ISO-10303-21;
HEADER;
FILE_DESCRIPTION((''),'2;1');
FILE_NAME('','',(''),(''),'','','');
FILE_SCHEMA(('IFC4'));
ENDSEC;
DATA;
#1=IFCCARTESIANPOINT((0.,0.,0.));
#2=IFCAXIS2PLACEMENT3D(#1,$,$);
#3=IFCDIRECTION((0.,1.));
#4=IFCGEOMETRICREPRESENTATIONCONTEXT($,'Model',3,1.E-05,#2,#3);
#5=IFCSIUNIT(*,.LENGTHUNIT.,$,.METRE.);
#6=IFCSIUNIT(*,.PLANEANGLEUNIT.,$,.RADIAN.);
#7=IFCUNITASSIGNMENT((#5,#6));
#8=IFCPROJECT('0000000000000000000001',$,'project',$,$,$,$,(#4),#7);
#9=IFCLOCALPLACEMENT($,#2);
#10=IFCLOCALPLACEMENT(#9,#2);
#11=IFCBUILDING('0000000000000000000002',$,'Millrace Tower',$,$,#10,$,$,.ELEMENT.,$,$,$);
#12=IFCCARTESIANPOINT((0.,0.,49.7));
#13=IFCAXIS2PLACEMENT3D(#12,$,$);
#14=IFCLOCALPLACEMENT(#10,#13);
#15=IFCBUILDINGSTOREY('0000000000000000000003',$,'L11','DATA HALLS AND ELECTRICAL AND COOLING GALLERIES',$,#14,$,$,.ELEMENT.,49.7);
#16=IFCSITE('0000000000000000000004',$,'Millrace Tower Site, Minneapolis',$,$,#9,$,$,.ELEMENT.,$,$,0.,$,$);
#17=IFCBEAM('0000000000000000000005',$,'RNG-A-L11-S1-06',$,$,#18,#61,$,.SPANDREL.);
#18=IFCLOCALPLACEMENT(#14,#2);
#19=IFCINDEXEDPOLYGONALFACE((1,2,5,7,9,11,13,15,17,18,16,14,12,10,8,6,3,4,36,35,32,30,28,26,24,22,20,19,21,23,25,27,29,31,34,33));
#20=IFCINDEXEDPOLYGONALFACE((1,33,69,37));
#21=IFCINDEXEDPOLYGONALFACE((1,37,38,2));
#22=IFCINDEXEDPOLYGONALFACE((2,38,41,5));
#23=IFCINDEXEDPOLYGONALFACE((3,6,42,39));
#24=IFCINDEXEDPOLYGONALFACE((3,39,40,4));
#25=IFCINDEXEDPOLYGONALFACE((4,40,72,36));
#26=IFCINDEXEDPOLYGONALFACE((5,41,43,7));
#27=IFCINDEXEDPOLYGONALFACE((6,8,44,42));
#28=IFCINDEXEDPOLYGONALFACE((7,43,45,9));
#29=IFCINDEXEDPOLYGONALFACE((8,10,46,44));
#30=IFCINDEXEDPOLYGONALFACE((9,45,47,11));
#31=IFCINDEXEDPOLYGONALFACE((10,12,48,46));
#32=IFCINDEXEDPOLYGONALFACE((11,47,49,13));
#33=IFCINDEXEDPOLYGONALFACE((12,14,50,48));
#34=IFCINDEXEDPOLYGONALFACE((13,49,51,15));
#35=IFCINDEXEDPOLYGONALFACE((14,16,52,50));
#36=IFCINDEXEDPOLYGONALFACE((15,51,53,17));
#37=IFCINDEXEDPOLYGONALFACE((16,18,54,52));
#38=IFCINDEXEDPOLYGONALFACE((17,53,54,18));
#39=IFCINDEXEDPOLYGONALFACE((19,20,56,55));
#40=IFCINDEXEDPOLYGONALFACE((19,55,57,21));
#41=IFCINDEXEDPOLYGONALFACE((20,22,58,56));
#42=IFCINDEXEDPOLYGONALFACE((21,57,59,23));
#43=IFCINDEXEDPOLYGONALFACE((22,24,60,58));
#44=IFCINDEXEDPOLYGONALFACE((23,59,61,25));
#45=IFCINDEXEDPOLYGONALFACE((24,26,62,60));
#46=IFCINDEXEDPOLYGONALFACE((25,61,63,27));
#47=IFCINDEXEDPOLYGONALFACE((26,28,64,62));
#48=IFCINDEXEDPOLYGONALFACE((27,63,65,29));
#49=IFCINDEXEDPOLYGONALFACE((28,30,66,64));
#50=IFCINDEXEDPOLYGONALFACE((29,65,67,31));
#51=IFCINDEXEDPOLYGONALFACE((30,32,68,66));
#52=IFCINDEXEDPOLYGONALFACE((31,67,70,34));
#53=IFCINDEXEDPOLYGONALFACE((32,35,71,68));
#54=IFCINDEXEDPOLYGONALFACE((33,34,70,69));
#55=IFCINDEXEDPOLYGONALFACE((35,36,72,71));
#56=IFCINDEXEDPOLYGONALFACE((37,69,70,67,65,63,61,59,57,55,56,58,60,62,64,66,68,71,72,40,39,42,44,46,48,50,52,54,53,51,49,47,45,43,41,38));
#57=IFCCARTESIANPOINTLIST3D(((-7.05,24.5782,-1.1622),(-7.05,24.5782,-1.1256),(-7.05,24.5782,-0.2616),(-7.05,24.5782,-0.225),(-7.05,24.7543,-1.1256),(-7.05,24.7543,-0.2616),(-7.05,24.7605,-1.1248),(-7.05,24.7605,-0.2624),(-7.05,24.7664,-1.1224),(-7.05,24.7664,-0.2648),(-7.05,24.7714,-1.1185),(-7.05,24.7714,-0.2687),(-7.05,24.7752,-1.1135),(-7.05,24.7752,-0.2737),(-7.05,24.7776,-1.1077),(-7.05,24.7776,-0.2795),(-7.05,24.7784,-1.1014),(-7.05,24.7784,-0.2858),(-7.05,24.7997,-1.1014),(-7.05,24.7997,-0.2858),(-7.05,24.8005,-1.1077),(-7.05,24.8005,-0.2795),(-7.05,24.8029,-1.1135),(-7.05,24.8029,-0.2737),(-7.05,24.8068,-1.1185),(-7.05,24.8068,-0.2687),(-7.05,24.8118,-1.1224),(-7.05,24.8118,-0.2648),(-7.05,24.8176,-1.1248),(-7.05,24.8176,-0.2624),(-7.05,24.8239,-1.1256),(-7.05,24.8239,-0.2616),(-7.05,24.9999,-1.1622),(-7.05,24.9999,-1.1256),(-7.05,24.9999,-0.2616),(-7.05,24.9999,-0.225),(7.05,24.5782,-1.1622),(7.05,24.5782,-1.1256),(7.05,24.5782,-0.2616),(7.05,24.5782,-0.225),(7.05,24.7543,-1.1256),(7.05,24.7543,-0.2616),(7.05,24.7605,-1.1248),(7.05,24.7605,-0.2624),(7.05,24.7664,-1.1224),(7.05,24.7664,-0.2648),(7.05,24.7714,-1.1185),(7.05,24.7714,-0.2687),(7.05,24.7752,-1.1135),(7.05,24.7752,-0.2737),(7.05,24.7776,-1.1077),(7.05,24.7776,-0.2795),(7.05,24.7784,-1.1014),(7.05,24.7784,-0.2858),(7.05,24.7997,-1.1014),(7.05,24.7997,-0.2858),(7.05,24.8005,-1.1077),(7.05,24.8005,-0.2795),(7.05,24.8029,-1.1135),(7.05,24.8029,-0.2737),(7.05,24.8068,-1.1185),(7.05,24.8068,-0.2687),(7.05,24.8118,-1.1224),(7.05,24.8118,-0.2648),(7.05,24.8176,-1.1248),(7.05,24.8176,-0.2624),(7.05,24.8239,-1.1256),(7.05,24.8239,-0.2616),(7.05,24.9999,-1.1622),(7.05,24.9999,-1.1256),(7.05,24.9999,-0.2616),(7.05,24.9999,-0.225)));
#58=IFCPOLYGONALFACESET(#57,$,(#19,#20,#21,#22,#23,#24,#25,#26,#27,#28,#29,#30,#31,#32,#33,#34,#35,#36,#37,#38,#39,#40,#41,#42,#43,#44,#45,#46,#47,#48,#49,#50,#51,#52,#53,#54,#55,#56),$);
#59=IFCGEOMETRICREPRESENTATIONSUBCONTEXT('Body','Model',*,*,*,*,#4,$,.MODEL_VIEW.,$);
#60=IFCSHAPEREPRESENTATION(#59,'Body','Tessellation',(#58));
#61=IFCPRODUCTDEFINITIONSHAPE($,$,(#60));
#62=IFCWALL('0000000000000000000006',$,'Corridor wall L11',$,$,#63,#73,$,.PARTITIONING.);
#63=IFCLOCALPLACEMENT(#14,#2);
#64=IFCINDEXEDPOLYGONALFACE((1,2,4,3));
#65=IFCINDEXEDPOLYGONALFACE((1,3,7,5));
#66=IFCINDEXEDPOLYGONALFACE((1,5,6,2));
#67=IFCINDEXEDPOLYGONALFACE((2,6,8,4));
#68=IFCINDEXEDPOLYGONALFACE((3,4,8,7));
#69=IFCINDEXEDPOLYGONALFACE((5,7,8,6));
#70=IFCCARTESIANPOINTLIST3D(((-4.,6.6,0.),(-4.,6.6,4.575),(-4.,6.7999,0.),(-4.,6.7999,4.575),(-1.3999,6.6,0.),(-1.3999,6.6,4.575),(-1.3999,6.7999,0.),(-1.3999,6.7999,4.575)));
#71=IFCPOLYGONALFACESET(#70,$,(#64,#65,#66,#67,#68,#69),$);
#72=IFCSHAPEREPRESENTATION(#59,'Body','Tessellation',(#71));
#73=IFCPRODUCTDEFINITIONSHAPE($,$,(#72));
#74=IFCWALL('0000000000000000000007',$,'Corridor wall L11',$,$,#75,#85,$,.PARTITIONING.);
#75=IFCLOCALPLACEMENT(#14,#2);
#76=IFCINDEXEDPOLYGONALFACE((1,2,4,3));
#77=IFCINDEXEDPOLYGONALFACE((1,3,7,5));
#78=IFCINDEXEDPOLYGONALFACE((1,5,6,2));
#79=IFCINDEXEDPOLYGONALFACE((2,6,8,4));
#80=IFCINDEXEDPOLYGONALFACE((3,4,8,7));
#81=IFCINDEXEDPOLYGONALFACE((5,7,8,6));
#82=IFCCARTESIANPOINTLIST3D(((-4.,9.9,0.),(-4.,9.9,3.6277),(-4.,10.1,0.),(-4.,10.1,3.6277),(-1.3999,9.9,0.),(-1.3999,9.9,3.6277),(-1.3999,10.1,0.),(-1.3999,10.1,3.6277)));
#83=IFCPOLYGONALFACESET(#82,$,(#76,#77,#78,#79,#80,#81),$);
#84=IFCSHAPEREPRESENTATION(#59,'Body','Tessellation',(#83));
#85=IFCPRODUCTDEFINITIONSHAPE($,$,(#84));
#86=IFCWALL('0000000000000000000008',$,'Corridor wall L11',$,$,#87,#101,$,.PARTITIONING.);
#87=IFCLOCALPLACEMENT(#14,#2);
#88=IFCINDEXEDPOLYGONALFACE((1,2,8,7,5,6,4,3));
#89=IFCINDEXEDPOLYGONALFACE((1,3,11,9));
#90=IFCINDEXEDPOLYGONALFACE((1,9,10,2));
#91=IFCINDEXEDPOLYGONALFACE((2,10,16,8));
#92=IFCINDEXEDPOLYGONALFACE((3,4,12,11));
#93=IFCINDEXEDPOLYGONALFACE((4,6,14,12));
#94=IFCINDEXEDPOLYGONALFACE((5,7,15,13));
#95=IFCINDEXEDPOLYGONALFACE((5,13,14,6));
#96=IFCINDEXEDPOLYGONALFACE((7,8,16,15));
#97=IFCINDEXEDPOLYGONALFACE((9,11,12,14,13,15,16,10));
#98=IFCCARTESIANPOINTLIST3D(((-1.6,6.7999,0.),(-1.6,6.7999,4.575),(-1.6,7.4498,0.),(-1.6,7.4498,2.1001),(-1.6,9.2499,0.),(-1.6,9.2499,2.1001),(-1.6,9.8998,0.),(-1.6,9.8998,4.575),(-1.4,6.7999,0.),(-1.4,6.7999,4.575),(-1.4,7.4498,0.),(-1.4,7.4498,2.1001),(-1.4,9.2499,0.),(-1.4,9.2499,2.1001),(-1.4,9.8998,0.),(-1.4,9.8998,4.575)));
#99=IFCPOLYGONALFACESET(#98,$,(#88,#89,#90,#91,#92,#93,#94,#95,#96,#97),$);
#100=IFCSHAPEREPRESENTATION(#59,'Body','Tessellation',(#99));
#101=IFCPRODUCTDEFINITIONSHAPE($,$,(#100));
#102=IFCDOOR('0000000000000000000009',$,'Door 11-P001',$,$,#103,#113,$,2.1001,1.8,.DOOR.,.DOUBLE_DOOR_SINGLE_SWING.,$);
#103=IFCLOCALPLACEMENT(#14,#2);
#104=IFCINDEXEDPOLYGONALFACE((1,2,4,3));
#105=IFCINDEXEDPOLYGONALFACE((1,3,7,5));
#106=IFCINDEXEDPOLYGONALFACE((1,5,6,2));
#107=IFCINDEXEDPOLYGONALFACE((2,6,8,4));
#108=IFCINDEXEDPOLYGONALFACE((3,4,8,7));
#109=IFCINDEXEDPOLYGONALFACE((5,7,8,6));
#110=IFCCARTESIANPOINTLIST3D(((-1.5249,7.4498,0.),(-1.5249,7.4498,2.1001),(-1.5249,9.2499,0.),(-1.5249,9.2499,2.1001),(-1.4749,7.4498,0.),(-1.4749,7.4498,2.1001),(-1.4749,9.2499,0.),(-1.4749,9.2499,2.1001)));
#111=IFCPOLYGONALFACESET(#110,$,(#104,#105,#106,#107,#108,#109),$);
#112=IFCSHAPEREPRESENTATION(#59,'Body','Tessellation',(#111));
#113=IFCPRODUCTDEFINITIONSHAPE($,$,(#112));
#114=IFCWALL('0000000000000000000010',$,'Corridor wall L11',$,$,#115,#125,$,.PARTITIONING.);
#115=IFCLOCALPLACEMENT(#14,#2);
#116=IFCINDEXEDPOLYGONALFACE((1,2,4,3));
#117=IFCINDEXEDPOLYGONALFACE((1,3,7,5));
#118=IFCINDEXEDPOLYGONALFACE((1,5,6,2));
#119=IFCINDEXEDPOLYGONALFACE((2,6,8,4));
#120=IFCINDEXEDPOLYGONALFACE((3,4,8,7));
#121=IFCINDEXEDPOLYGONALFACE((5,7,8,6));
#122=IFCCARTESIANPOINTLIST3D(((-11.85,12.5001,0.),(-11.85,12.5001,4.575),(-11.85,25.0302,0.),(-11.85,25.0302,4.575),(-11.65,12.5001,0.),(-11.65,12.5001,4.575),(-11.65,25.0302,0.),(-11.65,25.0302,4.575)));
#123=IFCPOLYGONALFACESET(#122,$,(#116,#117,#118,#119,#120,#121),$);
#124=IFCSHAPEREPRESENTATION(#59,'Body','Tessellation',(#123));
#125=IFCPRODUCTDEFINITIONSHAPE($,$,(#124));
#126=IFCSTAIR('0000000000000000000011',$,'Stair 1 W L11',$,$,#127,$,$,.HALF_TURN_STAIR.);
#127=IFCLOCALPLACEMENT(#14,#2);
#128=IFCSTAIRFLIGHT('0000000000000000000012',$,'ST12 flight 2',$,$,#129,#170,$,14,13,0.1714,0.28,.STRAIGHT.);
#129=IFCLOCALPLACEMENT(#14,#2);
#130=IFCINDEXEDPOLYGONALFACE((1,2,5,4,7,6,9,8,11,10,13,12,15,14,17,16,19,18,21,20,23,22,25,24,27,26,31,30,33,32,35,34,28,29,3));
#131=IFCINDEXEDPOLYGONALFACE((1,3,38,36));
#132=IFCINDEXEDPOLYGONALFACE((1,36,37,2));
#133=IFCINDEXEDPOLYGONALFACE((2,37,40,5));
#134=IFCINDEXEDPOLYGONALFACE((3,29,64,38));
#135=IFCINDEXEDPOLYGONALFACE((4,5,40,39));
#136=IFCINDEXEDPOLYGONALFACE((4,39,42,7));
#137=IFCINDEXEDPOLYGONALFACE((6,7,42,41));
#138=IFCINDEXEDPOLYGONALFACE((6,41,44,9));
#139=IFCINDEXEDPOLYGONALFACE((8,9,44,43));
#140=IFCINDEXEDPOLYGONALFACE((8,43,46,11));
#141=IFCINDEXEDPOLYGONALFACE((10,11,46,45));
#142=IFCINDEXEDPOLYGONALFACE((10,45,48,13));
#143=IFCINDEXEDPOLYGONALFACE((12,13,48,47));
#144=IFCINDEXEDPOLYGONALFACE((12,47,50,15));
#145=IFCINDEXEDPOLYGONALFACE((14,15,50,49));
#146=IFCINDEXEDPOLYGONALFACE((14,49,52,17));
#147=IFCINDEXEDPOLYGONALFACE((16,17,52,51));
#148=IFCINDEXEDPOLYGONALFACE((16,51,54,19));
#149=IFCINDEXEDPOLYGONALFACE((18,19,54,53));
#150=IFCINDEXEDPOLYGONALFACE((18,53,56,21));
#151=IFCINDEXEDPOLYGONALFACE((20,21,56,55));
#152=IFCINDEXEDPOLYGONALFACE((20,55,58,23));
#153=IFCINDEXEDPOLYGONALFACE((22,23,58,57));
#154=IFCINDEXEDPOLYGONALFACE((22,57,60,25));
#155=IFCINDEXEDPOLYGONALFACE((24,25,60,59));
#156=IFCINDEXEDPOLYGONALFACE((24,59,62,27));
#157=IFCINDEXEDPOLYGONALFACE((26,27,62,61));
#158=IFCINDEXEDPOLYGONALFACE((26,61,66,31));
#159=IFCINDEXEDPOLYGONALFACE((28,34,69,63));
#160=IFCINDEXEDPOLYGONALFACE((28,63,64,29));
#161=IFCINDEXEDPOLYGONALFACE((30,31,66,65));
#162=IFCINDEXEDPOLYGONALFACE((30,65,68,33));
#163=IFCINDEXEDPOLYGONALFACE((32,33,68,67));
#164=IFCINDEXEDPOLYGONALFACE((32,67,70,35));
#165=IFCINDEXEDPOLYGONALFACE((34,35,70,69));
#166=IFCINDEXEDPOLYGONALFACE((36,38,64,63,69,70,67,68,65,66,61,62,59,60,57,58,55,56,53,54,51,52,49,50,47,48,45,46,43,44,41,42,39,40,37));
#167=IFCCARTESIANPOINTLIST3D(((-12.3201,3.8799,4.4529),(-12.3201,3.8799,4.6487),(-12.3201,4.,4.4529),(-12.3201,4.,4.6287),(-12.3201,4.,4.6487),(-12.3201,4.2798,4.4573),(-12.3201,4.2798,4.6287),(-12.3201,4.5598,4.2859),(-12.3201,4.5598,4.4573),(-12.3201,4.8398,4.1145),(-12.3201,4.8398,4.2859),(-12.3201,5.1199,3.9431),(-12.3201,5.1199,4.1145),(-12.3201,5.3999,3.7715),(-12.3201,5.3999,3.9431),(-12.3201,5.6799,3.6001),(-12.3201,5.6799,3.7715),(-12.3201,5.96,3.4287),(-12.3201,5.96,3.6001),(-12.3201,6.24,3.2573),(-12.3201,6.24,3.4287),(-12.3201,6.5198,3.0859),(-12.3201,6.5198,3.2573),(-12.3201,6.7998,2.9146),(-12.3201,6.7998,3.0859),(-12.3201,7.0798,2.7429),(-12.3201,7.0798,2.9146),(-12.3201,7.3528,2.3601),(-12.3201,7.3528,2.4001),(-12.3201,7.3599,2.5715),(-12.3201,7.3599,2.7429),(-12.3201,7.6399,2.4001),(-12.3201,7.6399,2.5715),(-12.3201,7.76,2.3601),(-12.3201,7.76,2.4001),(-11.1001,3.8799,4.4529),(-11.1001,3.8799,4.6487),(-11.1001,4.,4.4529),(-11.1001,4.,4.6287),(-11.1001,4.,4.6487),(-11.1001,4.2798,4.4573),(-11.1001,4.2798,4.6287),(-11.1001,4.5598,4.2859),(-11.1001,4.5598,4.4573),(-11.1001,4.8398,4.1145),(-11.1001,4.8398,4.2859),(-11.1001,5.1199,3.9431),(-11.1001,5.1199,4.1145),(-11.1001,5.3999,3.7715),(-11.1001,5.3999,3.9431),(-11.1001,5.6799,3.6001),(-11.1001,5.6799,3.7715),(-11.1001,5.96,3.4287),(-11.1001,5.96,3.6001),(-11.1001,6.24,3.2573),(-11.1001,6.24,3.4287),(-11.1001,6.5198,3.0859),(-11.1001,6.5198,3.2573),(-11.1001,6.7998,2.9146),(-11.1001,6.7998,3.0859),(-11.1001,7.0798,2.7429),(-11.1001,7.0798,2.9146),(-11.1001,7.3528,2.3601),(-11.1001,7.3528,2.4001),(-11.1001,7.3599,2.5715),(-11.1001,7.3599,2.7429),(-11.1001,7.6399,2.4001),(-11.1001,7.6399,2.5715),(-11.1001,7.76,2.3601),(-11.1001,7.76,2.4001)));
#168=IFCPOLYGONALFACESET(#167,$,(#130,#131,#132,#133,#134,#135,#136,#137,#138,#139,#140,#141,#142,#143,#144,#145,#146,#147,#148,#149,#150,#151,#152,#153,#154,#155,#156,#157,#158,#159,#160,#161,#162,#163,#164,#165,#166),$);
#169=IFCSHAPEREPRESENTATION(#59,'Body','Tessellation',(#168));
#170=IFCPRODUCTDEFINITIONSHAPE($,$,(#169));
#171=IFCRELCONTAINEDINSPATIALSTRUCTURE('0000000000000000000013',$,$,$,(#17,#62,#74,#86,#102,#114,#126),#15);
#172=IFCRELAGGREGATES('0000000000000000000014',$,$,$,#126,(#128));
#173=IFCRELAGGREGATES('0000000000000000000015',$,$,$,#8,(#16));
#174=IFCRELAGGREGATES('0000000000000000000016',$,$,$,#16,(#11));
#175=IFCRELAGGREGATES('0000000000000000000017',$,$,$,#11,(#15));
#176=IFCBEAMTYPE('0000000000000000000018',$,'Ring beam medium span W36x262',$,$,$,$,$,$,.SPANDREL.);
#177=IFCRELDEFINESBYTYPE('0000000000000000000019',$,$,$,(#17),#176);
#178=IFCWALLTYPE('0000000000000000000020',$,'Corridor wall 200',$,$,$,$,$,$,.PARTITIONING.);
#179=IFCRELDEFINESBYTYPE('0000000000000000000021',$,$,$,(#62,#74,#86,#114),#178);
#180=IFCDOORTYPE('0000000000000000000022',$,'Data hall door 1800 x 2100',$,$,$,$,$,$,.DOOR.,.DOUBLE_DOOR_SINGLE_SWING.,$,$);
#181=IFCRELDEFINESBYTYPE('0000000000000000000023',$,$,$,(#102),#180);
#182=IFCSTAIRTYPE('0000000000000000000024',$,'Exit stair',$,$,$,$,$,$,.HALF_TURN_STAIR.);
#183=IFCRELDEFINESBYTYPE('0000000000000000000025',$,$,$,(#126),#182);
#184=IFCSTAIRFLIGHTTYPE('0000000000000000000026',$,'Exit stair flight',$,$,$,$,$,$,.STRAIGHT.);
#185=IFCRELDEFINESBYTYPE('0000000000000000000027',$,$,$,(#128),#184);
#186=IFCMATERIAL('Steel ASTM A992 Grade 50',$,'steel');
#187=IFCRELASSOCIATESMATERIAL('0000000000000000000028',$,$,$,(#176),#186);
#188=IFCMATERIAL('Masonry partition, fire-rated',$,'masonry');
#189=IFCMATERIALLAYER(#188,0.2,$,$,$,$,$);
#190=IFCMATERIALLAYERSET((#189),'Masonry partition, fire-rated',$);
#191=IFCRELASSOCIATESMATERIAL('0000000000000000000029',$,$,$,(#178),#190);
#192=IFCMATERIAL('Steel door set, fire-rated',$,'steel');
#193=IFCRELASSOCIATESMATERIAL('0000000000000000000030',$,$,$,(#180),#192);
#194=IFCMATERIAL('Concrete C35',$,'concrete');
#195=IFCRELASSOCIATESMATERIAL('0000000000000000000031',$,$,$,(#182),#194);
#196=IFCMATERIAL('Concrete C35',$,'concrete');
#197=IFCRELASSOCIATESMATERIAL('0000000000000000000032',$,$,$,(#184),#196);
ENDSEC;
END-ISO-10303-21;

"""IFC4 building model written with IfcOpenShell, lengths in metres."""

from ifc_helpers import new_model, si_unit, direction, frame, frame_2d, origin, origin_2d, place, context, subcontext, project, spatial, polyline, rectangle, i_section, outline, extrude, material, layer, layer_set, material_profile, profile_set, type_object, element, fill, aggregate, save


model = new_model("IFC4")

# Units and contexts
model_context = context("Model", 3, precision=1e-05, world=origin(), true_north=direction((0.0, 1.0)))
body_context = subcontext(model_context, "Body", "Model", "MODEL_VIEW")
ifc_project = project(units=[si_unit("LENGTHUNIT", "METRE"), si_unit("PLANEANGLEUNIT", "RADIAN")], contexts=[model_context])

# Site, building, storey
site_placement = place(None, origin())
site = spatial("IfcSite", under=ifc_project, at=site_placement, Name="Millrace Tower Site, Minneapolis", CompositionType="ELEMENT", RefElevation=0.0)
building_placement = place(site_placement, origin())
building = spatial("IfcBuilding", under=site, at=building_placement, Name="Millrace Tower", CompositionType="ELEMENT")
storey_placement = place(building_placement, frame((0.0, 0.0, 49.7)))
storey = spatial("IfcBuildingStorey", under=building, at=storey_placement, Name="L11", Description="DATA HALLS AND ELECTRICAL AND COOLING GALLERIES", CompositionType="ELEMENT", Elevation=49.7)

# Shared definitions
placement = place(storey_placement, origin())

# Beam
ifc_material_1 = material(Name="Steel ASTM A992 Grade 50", Category="steel")
ifc_material_profile_1 = material_profile(ifc_material_1, i_section(OverallWidth=0.4216, OverallDepth=0.9373, WebThickness=0.0212, FlangeThickness=0.0366, FilletRadius=0.0242, at=origin_2d()))
ifc_profile_set_1 = profile_set([ifc_material_profile_1], Name="Steel ASTM A992 Grade 50")
beam_type_1 = type_object("IfcBeamType", Name="Ring beam medium span W36x262", PredefinedType="SPANDREL", material=ifc_profile_set_1)
beam_1_placement = place(storey_placement, frame((-7.05, 24.7891, -0.6936), z_axis=(1.0, 0.0, 0.0), x_axis=(0.0, 1.0, 0.0)))
element("IfcBeam", 1, at=beam_1_placement, inside=storey, type_object=beam_type_1, Name="RNG-A-L11-S1-06", PredefinedType="SPANDREL", context=body_context, shape_type="SweptSolid", body=[
    extrude(i_section(OverallWidth=0.4216, OverallDepth=0.9373, WebThickness=0.0212, FlangeThickness=0.0366, FilletRadius=0.0242, at=origin_2d()), origin(), (0.0, 0.0, 1.0), 14.1001),
])

# Walls
ifc_material_2 = material(Name="Masonry partition, fire-rated", Category="masonry")
ifc_layer_1 = layer(ifc_material_2, 0.2)
ifc_layer_set_1 = layer_set([ifc_layer_1], Name="Masonry partition, fire-rated")
wall_type = type_object("IfcWallType", Name="Corridor wall 200", PredefinedType="PARTITIONING", material=ifc_layer_set_1)
wall_1_placement = place(storey_placement, frame((-4.0, 6.7, 0.0), z_axis=(0.0, 0.0, 1.0), x_axis=(1.0, 0.0, 0.0)))
element("IfcWall", 2, at=wall_1_placement, inside=storey, type_object=wall_type, Name="Corridor wall L11", PredefinedType="PARTITIONING", context=body_context, shape_type="SweptSolid", body=[
    extrude(rectangle(XDim=2.6001, YDim=0.2, at=frame_2d((1.3, 0.0))), origin(), (0.0, 0.0, 1.0), 4.575),
])
wall_2_placement = place(storey_placement, frame((-4.0, 10.0, 0.0), z_axis=(0.0, 0.0, 1.0), x_axis=(1.0, 0.0, 0.0)))
element("IfcWall", 3, at=wall_2_placement, inside=storey, type_object=wall_type, Name="Corridor wall L11", PredefinedType="PARTITIONING", context=body_context, shape_type="SweptSolid", body=[
    extrude(rectangle(XDim=2.6001, YDim=0.2, at=frame_2d((1.3, 0.0))), origin(), (0.0, 0.0, 1.0), 3.6277),
])

# Wall, opening, door
wall_3_placement = place(storey_placement, frame((-1.5, 6.8, 0.0), z_axis=(0.0, 0.0, 1.0), x_axis=(0.0, 1.0, 0.0)))
wall_3 = element("IfcWall", 4, at=wall_3_placement, inside=storey, type_object=wall_type, Name="Corridor wall L11", PredefinedType="PARTITIONING", context=body_context, shape_type="SweptSolid", body=[
    extrude(rectangle(XDim=3.0999, YDim=0.2, at=frame_2d((1.5498, 0.0))), origin(), (0.0, 0.0, 1.0), 4.575),
])
opening_placement = place(wall_3_placement, frame((0.6499, 0.0, 0.0)))
opening = element("IfcOpeningElement", 5, at=opening_placement, cuts=wall_3, PredefinedType="OPENING", context=body_context, shape_type="SweptSolid", body=[
    extrude(rectangle(XDim=1.8, YDim=2.1001, at=frame_2d((0.8999, 1.05))), frame((0.0, 0.1099, 0.0), z_axis=(0.0, -1.0, 0.0), x_axis=(1.0, 0.0, 0.0)), (0.0, 0.0, 1.0), 0.22),
])
ifc_material_3 = material(Name="Steel door set, fire-rated", Category="steel")
door_type = type_object("IfcDoorType", Name="Data hall door 1800 x 2100", OperationType="DOUBLE_DOOR_SINGLE_SWING", PredefinedType="DOOR", material=ifc_material_3)
door_placement = place(opening_placement, origin())
door = element("IfcDoor", 6, at=door_placement, inside=storey, type_object=door_type, Name="Door 11-P001", OperationType="DOUBLE_DOOR_SINGLE_SWING", OverallHeight=2.1001, OverallWidth=1.8, PredefinedType="DOOR", context=body_context, shape_type="SweptSolid", body=[
    extrude(rectangle(XDim=1.8, YDim=2.1001, at=frame_2d((0.8999, 1.05))), frame((0.0, 0.0249, 0.0), z_axis=(0.0, -1.0, 0.0), x_axis=(1.0, 0.0, 0.0)), (0.0, 0.0, 1.0), 0.05),
])
fill(opening, door)

# Wall
wall_4_placement = place(storey_placement, frame((-11.75, 12.5, 0.0), z_axis=(0.0, 0.0, 1.0), x_axis=(0.0, 1.0, 0.0)))
element("IfcWall", 7, at=wall_4_placement, inside=storey, type_object=wall_type, Name="Corridor wall L11", PredefinedType="PARTITIONING", context=body_context, shape_type="SweptSolid", body=[
    extrude(rectangle(XDim=12.53, YDim=0.2, at=frame_2d((6.2651, 0.0))), origin(), (0.0, 0.0, 1.0), 4.575),
])

# Stair, stair flight
ifc_material_4 = material(Name="Concrete C35", Category="concrete")
stair_type = type_object("IfcStairType", Name="Exit stair", PredefinedType="HALF_TURN_STAIR", material=ifc_material_4)
stair_1 = element("IfcStair", 8, at=placement, inside=storey, type_object=stair_type, Name="Stair 1 W L11", PredefinedType="HALF_TURN_STAIR")
ifc_material_5 = material(Name="Concrete C35", Category="concrete")
stair_flight_type = type_object("IfcStairFlightType", Name="Exit stair flight", PredefinedType="STRAIGHT", material=ifc_material_5)
stair_flight_1_placement = place(storey_placement, frame((-11.71, 7.6399, 2.4001), z_axis=(0.0, 0.0, 1.0), x_axis=(0.0, -1.0, 0.0)))
stair_flight_1 = element("IfcStairFlight", 9, at=stair_flight_1_placement, type_object=stair_flight_type, Name="ST12 flight 2", NumberOfRisers=14, NumberOfTreads=13, PredefinedType="STRAIGHT", RiserHeight=0.1714, TreadLength=0.28, context=body_context, shape_type="SweptSolid", body=[
    extrude(outline(polyline([(-0.1201, -0.04), (-0.1201, 0.0), (0.0, 0.0), (0.0, 0.1714), (0.28, 0.1714), (0.28, 0.3428), (0.5601, 0.3428), (0.5601, 0.5144), (0.8401, 0.5144), (0.8401, 0.6858), (1.1201, 0.6858), (1.1201, 0.8572), (1.3999, 0.8572), (1.3999, 1.0286), (1.6799, 1.0286), (1.6799, 1.2), (1.96, 1.2), (1.96, 1.3713), (2.24, 1.3713), (2.24, 1.543), (2.52, 1.543), (2.52, 1.7144), (2.8, 1.7144), (2.8, 1.8857), (3.0801, 1.8857), (3.0801, 2.0571), (3.3601, 2.0571), (3.3601, 2.2285), (3.6399, 2.2285), (3.6399, 2.2485), (3.76, 2.2485), (3.76, 2.0527), (3.6399, 2.0527), (0.2871, 0.0), (0.2871, -0.04), (-0.1201, -0.04)])), frame((0.0, 0.6099, 0.0), z_axis=(0.0, -1.0, 0.0), x_axis=(1.0, 0.0, 0.0)), (0.0, 0.0, 1.0), 1.22),
])
aggregate(stair_1, [stair_flight_1])

save(model, "model.ifc")
